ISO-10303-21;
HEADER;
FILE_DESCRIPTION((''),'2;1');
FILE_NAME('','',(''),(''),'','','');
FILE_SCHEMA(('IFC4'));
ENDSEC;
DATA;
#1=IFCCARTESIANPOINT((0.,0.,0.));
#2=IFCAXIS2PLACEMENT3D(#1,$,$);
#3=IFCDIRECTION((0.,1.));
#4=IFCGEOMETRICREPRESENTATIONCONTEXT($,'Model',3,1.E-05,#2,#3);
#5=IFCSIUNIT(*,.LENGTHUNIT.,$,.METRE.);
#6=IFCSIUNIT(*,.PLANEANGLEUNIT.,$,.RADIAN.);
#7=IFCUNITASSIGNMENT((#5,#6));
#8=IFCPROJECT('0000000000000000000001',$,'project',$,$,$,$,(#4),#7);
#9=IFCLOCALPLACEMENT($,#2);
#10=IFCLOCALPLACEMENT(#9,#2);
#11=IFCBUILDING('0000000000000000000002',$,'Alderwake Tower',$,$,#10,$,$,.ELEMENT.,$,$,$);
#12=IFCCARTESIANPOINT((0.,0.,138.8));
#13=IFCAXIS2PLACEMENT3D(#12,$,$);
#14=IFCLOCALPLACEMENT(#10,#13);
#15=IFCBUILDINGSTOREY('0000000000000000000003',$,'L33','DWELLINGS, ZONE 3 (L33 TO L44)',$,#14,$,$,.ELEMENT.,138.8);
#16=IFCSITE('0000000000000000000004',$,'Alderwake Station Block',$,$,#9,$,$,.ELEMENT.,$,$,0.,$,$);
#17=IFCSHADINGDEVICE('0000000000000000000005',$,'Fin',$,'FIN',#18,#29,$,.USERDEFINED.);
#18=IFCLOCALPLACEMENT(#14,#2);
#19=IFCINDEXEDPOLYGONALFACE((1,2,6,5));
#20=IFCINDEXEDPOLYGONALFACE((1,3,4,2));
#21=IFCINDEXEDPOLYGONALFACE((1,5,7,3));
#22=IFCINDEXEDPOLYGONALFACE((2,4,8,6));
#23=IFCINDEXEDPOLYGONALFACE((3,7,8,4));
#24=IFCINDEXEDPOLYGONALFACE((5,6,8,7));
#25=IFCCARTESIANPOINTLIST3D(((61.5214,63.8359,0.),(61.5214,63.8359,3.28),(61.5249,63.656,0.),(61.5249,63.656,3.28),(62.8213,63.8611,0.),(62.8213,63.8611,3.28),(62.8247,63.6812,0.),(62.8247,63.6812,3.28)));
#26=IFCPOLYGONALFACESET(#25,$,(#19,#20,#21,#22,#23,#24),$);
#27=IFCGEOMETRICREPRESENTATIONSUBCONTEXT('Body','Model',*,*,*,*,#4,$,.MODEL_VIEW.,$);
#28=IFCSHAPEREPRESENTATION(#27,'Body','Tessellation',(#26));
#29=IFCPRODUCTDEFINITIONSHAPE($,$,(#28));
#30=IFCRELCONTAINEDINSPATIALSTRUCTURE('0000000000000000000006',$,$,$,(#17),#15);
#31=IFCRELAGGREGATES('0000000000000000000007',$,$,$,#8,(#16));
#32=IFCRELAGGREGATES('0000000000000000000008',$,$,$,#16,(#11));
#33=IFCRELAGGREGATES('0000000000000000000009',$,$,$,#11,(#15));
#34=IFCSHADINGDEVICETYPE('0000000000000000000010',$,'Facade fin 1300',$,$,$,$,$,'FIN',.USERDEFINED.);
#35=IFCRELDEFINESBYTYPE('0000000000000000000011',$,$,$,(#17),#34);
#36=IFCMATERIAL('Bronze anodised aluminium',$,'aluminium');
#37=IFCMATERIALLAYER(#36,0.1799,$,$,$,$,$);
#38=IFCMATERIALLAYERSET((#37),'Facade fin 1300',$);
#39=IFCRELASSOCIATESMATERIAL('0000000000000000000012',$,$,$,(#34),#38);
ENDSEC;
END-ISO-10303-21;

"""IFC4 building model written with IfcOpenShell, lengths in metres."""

from ifc_helpers import new_model, si_unit, direction, frame, origin, origin_2d, place, context, subcontext, project, spatial, rectangle, extrude, material, layer, layer_set, type_object, element, save


model = new_model("IFC4")

# Units and contexts
model_context = context("Model", 3, precision=1e-05, world=origin(), true_north=direction((0.0, 1.0)))
body_context = subcontext(model_context, "Body", "Model", "MODEL_VIEW")
ifc_project = project(units=[si_unit("LENGTHUNIT", "METRE"), si_unit("PLANEANGLEUNIT", "RADIAN")], contexts=[model_context])

# Site, building, storey
site_placement = place(None, origin())
site = spatial("IfcSite", under=ifc_project, at=site_placement, Name="Alderwake Station Block", CompositionType="ELEMENT", RefElevation=0.0)
building_placement = place(site_placement, origin())
building = spatial("IfcBuilding", under=site, at=building_placement, Name="Alderwake Tower", CompositionType="ELEMENT")
storey_placement = place(building_placement, frame((0.0, 0.0, 138.8)))
storey = spatial("IfcBuildingStorey", under=building, at=storey_placement, Name="L33", Description="DWELLINGS, ZONE 3 (L33 TO L44)", CompositionType="ELEMENT", Elevation=138.8)

# Shading device
ifc_material_1 = material(Name="Bronze anodised aluminium", Category="aluminium")
ifc_layer_1 = layer(ifc_material_1, 0.1799)
ifc_layer_set_1 = layer_set([ifc_layer_1], Name="Facade fin 1300")
shading_device_type = type_object("IfcShadingDeviceType", Name="Facade fin 1300", ElementType="FIN", PredefinedType="USERDEFINED", material=ifc_layer_set_1)
shading_device_placement = place(storey_placement, frame((62.1731, 63.7585, 0.0), z_axis=(0.0, 0.0, 1.0), x_axis=(0.999812, 0.019398, 0.0)))
element("IfcShadingDevice", 1, at=shading_device_placement, inside=storey, type_object=shading_device_type, Name="Fin", ObjectType="FIN", PredefinedType="USERDEFINED", context=body_context, shape_type="SweptSolid", body=[
    extrude(rectangle(XDim=1.3, YDim=0.1799, at=origin_2d()), origin(), (0.0, 0.0, 1.0), 3.28),
])

save(model, "model.ifc")
